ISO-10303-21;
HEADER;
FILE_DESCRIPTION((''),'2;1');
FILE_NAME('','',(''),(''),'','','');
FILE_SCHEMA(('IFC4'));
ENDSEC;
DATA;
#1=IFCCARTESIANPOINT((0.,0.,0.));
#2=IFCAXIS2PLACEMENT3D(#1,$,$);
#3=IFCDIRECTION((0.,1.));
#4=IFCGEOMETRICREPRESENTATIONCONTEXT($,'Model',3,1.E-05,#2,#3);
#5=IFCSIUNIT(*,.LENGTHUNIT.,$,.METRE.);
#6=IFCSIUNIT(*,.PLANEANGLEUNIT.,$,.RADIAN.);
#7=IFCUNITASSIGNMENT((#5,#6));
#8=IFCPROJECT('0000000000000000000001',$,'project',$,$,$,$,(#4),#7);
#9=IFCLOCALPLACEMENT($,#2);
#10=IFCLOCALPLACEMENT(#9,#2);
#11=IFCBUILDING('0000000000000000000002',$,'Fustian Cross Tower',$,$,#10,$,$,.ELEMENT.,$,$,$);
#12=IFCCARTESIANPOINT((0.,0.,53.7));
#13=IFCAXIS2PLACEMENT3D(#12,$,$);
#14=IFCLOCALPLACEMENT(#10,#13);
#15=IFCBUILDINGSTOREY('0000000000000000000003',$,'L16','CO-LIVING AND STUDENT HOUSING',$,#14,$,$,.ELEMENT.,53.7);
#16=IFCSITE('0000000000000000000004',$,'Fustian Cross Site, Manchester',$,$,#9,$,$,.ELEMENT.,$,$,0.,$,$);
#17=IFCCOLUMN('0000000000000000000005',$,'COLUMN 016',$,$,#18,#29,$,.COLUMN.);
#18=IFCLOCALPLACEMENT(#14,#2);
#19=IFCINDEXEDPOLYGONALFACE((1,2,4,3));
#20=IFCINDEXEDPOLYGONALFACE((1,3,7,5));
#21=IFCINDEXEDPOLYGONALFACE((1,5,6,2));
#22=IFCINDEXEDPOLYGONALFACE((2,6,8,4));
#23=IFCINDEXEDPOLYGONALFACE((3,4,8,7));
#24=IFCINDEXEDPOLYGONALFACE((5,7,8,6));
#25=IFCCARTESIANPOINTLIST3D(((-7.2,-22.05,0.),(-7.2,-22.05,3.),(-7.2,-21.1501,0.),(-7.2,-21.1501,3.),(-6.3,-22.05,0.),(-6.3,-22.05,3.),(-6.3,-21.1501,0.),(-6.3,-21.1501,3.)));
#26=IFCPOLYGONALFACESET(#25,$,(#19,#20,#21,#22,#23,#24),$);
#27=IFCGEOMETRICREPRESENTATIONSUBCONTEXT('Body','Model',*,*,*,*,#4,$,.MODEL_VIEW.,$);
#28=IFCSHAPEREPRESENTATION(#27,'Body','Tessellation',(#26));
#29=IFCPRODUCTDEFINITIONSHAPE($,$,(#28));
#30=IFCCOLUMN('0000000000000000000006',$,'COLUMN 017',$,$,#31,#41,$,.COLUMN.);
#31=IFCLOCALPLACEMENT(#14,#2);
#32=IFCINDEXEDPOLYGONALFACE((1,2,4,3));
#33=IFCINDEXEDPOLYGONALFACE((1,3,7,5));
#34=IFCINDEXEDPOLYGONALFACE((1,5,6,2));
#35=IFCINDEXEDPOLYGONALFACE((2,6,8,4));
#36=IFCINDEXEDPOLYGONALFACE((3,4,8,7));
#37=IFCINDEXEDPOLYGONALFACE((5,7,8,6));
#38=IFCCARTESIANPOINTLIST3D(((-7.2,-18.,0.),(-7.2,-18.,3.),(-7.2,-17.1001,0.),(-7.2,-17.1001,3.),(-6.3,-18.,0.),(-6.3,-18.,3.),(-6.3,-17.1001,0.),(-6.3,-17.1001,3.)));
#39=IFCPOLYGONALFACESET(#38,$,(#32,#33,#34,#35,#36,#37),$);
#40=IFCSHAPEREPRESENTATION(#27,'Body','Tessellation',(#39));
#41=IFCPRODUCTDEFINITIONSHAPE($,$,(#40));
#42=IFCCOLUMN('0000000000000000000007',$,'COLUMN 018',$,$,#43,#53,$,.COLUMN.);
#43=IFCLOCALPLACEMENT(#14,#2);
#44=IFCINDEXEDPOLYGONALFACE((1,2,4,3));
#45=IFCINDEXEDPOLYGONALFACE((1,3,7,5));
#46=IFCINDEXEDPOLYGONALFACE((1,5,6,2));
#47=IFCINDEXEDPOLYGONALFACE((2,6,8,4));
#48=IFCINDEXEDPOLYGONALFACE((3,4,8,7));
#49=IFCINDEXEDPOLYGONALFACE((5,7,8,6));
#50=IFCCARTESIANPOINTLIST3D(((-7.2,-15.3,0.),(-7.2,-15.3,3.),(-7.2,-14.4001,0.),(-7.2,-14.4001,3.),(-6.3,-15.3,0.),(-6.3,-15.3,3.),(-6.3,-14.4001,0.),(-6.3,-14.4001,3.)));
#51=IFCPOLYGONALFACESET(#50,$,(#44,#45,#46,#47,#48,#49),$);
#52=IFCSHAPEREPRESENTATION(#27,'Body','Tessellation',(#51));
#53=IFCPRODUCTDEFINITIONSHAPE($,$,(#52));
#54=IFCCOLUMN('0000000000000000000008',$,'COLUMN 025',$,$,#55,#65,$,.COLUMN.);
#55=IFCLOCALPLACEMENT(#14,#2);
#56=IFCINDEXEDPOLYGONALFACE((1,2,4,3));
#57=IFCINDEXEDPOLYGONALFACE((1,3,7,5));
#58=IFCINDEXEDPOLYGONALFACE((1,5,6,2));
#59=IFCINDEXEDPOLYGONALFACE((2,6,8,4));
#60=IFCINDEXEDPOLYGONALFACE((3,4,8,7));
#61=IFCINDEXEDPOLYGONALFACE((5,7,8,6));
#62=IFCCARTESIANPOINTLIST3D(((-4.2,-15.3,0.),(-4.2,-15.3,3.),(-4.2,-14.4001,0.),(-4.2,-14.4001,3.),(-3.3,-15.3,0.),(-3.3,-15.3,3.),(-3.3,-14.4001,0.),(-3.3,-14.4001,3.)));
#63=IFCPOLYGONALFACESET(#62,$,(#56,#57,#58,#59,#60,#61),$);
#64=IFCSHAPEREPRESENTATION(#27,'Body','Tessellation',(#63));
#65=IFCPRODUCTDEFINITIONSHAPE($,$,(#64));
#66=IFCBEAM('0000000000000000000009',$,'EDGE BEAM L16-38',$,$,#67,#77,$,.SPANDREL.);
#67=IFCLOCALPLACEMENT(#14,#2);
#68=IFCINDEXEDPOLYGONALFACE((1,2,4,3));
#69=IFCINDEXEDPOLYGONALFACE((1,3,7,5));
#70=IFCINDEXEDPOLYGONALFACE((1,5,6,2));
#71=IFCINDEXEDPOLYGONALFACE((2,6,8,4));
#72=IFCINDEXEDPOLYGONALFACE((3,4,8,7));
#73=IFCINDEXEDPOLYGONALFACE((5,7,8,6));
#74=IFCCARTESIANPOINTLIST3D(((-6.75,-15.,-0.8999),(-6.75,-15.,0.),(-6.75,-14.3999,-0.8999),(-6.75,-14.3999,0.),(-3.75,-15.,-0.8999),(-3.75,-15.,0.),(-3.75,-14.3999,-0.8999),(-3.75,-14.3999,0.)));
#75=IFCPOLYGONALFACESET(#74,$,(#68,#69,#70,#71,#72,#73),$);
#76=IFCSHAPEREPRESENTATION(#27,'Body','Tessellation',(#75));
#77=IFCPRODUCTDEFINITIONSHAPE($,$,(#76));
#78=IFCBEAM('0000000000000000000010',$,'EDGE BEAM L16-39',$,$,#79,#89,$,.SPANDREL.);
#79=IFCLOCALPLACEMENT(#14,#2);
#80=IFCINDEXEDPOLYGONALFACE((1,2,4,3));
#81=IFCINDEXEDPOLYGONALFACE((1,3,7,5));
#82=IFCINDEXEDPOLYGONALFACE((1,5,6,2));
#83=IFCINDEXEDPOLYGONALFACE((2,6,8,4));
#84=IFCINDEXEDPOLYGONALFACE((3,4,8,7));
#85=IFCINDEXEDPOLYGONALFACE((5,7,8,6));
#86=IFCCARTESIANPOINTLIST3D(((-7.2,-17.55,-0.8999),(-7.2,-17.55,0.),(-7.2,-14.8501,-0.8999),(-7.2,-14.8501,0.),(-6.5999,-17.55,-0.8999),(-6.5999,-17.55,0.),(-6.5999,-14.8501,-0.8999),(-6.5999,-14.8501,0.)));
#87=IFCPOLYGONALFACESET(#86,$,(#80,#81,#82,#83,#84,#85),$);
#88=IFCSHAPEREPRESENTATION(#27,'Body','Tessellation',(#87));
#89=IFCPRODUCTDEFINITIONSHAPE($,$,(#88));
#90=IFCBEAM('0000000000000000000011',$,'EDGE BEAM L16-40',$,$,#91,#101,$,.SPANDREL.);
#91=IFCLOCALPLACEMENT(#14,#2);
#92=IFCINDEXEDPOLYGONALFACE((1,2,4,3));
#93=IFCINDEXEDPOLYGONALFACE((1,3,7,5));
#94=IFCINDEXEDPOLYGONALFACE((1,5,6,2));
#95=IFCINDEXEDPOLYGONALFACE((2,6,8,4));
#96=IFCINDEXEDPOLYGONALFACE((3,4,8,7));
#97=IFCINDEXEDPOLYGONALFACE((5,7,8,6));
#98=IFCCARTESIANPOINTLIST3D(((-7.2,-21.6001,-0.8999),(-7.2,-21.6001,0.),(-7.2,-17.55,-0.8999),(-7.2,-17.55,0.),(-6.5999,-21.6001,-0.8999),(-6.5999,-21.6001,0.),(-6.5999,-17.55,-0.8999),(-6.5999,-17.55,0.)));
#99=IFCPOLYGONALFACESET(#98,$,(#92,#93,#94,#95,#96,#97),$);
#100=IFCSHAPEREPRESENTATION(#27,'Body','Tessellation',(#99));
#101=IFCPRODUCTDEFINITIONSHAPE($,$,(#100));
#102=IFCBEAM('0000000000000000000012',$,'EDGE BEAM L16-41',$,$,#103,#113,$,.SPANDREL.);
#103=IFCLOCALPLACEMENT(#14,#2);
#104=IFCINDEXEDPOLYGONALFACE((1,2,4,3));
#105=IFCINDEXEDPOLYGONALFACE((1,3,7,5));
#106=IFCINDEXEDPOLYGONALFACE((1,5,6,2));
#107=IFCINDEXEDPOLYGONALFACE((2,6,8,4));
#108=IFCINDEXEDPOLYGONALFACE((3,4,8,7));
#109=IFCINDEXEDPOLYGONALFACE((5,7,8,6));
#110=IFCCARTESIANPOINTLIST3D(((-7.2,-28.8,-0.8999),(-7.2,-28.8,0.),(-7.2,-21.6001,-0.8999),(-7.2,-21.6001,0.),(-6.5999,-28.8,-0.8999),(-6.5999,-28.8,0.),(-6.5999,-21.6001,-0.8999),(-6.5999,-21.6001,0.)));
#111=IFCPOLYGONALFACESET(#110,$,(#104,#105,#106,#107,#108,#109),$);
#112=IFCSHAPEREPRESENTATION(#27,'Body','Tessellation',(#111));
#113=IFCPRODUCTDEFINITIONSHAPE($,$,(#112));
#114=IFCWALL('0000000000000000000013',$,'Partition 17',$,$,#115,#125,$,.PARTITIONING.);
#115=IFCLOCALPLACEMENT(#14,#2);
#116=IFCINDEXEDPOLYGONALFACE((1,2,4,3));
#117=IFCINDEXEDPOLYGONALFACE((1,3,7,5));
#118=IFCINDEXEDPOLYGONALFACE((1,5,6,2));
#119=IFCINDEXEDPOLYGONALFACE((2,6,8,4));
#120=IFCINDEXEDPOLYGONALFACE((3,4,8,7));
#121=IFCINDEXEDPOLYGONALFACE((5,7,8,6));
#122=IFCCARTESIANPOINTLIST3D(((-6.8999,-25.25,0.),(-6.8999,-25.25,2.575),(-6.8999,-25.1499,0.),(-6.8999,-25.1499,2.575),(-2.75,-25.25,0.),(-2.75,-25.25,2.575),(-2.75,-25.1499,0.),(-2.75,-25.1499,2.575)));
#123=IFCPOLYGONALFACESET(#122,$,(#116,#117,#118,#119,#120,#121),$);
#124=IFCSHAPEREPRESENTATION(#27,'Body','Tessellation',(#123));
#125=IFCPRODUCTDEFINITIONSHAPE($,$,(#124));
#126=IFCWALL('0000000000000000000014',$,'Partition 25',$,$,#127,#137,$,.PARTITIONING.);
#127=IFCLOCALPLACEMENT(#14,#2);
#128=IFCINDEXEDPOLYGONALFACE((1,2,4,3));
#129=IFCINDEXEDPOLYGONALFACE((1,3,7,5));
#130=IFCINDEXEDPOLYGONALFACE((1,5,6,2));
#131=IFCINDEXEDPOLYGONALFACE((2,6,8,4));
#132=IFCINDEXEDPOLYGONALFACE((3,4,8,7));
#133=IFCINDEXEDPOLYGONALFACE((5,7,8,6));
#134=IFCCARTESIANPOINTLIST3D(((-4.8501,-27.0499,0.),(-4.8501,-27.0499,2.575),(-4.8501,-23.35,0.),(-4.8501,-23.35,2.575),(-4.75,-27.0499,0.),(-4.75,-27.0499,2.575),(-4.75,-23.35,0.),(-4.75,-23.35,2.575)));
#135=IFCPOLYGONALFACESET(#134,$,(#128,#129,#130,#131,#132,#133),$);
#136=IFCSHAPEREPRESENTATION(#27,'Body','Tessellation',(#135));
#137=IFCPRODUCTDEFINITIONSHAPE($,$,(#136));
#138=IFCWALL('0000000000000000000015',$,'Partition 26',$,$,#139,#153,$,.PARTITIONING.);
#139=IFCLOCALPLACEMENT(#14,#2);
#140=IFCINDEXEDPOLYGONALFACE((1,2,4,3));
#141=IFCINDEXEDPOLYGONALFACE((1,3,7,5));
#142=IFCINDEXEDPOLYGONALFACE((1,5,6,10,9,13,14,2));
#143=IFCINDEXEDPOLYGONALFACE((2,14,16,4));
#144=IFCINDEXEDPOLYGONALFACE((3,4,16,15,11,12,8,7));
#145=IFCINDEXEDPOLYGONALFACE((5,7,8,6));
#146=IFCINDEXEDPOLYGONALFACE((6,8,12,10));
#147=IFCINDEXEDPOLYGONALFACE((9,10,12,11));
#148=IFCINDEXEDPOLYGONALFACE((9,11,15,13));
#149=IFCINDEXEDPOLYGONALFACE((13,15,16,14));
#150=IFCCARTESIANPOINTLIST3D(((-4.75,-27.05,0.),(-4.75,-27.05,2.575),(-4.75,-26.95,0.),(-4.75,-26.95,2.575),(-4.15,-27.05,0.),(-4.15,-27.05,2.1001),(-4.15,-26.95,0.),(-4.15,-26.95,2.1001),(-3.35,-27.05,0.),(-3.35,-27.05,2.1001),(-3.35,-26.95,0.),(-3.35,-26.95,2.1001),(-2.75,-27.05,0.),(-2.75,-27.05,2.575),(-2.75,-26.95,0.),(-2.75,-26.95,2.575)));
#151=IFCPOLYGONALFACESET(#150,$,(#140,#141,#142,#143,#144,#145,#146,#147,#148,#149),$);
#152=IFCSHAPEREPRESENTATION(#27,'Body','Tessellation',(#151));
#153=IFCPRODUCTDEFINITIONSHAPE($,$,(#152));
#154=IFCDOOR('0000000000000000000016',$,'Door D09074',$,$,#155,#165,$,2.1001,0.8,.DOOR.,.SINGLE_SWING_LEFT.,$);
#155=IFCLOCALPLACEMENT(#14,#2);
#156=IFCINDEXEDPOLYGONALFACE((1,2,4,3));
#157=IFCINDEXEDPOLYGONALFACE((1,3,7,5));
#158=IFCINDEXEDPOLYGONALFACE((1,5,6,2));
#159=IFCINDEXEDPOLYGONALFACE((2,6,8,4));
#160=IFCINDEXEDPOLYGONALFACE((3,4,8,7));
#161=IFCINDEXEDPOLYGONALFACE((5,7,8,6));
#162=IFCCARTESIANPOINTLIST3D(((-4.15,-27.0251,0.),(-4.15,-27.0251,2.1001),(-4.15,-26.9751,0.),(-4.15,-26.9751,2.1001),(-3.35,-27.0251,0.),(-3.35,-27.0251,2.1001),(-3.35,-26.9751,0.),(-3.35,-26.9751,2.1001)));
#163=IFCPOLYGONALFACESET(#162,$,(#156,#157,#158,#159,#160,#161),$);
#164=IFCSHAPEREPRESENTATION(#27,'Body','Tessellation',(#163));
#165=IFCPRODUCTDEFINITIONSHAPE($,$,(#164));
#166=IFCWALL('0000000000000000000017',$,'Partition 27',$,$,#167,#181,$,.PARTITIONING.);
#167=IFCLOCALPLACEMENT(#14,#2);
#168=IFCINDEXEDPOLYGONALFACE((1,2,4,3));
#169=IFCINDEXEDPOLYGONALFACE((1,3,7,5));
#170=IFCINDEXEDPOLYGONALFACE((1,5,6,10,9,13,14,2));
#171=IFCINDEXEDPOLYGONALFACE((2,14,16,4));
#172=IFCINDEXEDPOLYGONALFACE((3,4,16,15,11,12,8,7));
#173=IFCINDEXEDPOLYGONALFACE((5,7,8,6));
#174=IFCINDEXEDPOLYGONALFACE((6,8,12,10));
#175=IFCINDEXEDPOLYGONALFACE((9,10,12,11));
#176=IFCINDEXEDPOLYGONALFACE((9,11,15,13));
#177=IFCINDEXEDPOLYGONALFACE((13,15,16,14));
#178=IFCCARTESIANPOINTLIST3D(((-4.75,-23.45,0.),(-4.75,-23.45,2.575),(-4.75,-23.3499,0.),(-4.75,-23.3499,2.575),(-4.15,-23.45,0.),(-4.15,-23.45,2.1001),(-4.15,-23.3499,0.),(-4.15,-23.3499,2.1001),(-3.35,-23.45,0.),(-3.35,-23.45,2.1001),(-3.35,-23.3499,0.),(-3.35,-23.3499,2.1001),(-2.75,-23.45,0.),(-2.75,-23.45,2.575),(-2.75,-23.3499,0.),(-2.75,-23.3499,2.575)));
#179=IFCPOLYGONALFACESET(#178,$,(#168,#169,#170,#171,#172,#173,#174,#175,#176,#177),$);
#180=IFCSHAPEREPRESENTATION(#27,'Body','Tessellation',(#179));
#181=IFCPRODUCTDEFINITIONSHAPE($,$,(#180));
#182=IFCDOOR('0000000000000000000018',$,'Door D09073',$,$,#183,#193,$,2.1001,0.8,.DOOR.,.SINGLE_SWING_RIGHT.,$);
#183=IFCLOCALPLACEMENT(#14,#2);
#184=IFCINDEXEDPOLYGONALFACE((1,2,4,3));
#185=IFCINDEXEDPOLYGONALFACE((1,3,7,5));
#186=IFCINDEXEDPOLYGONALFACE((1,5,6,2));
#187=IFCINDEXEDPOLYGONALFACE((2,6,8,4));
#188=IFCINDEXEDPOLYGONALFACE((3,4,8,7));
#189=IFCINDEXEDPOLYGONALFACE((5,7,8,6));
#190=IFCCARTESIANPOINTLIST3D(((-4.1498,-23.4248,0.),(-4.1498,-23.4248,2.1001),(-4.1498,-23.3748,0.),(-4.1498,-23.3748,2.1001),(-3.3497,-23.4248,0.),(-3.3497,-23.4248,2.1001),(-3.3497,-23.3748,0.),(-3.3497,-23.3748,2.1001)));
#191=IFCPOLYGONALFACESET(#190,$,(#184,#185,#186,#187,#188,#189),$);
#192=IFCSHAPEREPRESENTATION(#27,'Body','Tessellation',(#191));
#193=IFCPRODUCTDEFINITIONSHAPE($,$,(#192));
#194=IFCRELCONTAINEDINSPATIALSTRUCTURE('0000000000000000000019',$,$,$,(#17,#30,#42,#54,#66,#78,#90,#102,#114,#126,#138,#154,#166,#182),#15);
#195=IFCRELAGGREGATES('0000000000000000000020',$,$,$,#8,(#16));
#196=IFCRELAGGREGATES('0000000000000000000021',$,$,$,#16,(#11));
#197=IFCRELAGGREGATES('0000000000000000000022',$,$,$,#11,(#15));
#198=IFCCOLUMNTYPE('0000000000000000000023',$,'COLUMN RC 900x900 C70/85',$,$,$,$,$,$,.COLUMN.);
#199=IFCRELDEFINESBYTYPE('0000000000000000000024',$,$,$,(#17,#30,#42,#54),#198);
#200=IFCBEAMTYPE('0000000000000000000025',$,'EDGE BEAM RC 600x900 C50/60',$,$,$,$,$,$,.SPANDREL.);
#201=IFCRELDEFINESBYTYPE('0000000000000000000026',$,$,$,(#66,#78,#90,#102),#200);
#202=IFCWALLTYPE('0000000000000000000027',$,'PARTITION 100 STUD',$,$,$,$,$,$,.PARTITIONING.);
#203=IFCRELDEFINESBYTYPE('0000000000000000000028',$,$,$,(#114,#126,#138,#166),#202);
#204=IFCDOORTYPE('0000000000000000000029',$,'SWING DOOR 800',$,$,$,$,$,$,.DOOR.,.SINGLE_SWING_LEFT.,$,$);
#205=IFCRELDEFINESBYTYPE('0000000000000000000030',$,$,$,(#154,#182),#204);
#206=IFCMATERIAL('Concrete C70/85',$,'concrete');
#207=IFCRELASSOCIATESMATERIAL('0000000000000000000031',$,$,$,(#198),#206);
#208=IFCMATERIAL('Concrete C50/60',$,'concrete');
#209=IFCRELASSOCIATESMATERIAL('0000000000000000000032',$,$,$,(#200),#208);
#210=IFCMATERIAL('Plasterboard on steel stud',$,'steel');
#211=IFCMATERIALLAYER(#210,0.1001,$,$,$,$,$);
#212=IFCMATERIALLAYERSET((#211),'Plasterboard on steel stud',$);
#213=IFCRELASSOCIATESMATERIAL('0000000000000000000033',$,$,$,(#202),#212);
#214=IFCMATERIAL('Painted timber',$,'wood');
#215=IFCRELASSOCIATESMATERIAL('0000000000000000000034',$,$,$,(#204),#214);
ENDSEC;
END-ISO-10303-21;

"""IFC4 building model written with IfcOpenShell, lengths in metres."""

from ifc_helpers import new_model, si_unit, direction, frame, frame_2d, origin, origin_2d, place, context, subcontext, project, spatial, rectangle, extrude, material, layer, layer_set, material_profile, profile_set, type_object, element, fill, save


model = new_model("IFC4")

# Units and contexts
model_context = context("Model", 3, precision=1e-05, world=origin(), true_north=direction((0.0, 1.0)))
body_context = subcontext(model_context, "Body", "Model", "MODEL_VIEW")
ifc_project = project(units=[si_unit("LENGTHUNIT", "METRE"), si_unit("PLANEANGLEUNIT", "RADIAN")], contexts=[model_context])

# Site, building, storey
site_placement = place(None, origin())
site = spatial("IfcSite", under=ifc_project, at=site_placement, Name="Fustian Cross Site, Manchester", CompositionType="ELEMENT", RefElevation=0.0)
building_placement = place(site_placement, origin())
building = spatial("IfcBuilding", under=site, at=building_placement, Name="Fustian Cross Tower", CompositionType="ELEMENT")
storey_placement = place(building_placement, frame((0.0, 0.0, 53.7)))
storey = spatial("IfcBuildingStorey", under=building, at=storey_placement, Name="L16", Description="CO-LIVING AND STUDENT HOUSING", CompositionType="ELEMENT", Elevation=53.7)

# Columns
ifc_material_1 = material(Name="Concrete C70/85", Category="concrete")
ifc_material_profile_1 = material_profile(ifc_material_1, rectangle(XDim=0.8999, YDim=0.8999, at=origin_2d()), Name="RC 900x900")
ifc_profile_set_1 = profile_set([ifc_material_profile_1], Name="Concrete C70/85")
column_type = type_object("IfcColumnType", Name="COLUMN RC 900x900 C70/85", PredefinedType="COLUMN", material=ifc_profile_set_1)
for number, where, z_axis, x_axis, name in (
    (1, (-6.75, -21.6001, 0.0), (0.0, 0.0, 1.0), (1.0, 0.0, 0.0), "COLUMN 016"),
    (2, (-6.75, -17.55, 0.0), (0.0, 0.0, 1.0), (1.0, 0.0, 0.0), "COLUMN 017"),
    (3, (-6.75, -14.8501, 0.0), (0.0, 0.0, 1.0), (1.0, 0.0, 0.0), "COLUMN 018"),
    (4, (-3.75, -14.8501, 0.0), (0.0, 0.0, 1.0), (1.0, 0.0, 0.0), "COLUMN 025"),
):
    element("IfcColumn", number, at=place(storey_placement, frame(where, z_axis=z_axis, x_axis=x_axis)), inside=storey, type_object=column_type, Name=name, PredefinedType="COLUMN", context=body_context, shape_type="SweptSolid", body=[
        extrude(rectangle(XDim=0.8999, YDim=0.8999, at=origin_2d()), origin(), (0.0, 0.0, 1.0), 3.0),
    ])

# Beams
ifc_material_2 = material(Name="Concrete C50/60", Category="concrete")
ifc_material_profile_2 = material_profile(ifc_material_2, rectangle(XDim=0.6001, YDim=0.8999, at=origin_2d()), Name="RC 600x900")
ifc_profile_set_2 = profile_set([ifc_material_profile_2], Name="Concrete C50/60")
beam_type = type_object("IfcBeamType", Name="EDGE BEAM RC 600x900 C50/60", PredefinedType="SPANDREL", material=ifc_profile_set_2)
beam_1_placement = place(storey_placement, frame((-3.75, -14.7, -0.45), z_axis=(-1.0, 0.0, 0.0), x_axis=(0.0, -1.0, 0.0)))
element("IfcBeam", 5, at=beam_1_placement, inside=storey, type_object=beam_type, Name="EDGE BEAM L16-38", PredefinedType="SPANDREL", context=body_context, shape_type="SweptSolid", body=[
    extrude(rectangle(XDim=0.6001, YDim=0.8999, at=origin_2d()), origin(), (0.0, 0.0, 1.0), 3.0),
])
beam_2_placement = place(storey_placement, frame((-6.8999, -14.8501, -0.45), z_axis=(0.0, -1.0, 0.0), x_axis=(1.0, 0.0, 0.0)))
element("IfcBeam", 6, at=beam_2_placement, inside=storey, type_object=beam_type, Name="EDGE BEAM L16-39", PredefinedType="SPANDREL", context=body_context, shape_type="SweptSolid", body=[
    extrude(rectangle(XDim=0.6001, YDim=0.8999, at=origin_2d()), origin(), (0.0, 0.0, 1.0), 2.7),
])
beam_3_placement = place(storey_placement, frame((-6.8999, -17.55, -0.45), z_axis=(0.0, -1.0, 0.0), x_axis=(1.0, 0.0, 0.0)))
element("IfcBeam", 7, at=beam_3_placement, inside=storey, type_object=beam_type, Name="EDGE BEAM L16-40", PredefinedType="SPANDREL", context=body_context, shape_type="SweptSolid", body=[
    extrude(rectangle(XDim=0.6001, YDim=0.8999, at=origin_2d()), origin(), (0.0, 0.0, 1.0), 4.05),
])
beam_4_placement = place(storey_placement, frame((-6.8999, -21.6001, -0.45), z_axis=(0.0, -1.0, 0.0), x_axis=(1.0, 0.0, 0.0)))
element("IfcBeam", 8, at=beam_4_placement, inside=storey, type_object=beam_type, Name="EDGE BEAM L16-41", PredefinedType="SPANDREL", context=body_context, shape_type="SweptSolid", body=[
    extrude(rectangle(XDim=0.6001, YDim=0.8999, at=origin_2d()), origin(), (0.0, 0.0, 1.0), 7.2),
])

# Walls
ifc_material_3 = material(Name="Plasterboard on steel stud", Category="steel")
ifc_layer_1 = layer(ifc_material_3, 0.1001)
ifc_layer_set_1 = layer_set([ifc_layer_1], Name="Plasterboard on steel stud")
wall_type_1 = type_object("IfcWallType", Name="PARTITION 100 STUD", PredefinedType="PARTITIONING", material=ifc_layer_set_1)
wall_1_placement = place(storey_placement, frame((-6.8999, -25.2, 0.0), z_axis=(0.0, 0.0, 1.0), x_axis=(1.0, 0.0, 0.0)))
element("IfcWall", 9, at=wall_1_placement, inside=storey, type_object=wall_type_1, Name="Partition 17", PredefinedType="PARTITIONING", context=body_context, shape_type="SweptSolid", body=[
    extrude(rectangle(XDim=4.1499, YDim=0.1001, at=frame_2d((2.075, 0.0))), origin(), (0.0, 0.0, 1.0), 2.575),
])
wall_2_placement = place(storey_placement, frame((-4.8, -27.05, 0.0), z_axis=(0.0, 0.0, 1.0), x_axis=(0.0, 1.0, 0.0)))
element("IfcWall", 10, at=wall_2_placement, inside=storey, type_object=wall_type_1, Name="Partition 25", PredefinedType="PARTITIONING", context=body_context, shape_type="SweptSolid", body=[
    extrude(rectangle(XDim=3.7, YDim=0.1001, at=frame_2d((1.8501, 0.0))), origin(), (0.0, 0.0, 1.0), 2.575),
])

# Walls, openings, doors
wall_3_placement = place(storey_placement, frame((-4.75, -27.0, 0.0), z_axis=(0.0, 0.0, 1.0), x_axis=(1.0, 0.0, 0.0)))
wall_3 = element("IfcWall", 11, at=wall_3_placement, inside=storey, type_object=wall_type_1, Name="Partition 26", PredefinedType="PARTITIONING", context=body_context, shape_type="SweptSolid", body=[
    extrude(rectangle(XDim=2.0, YDim=0.1001, at=frame_2d((1.0, 0.0))), origin(), (0.0, 0.0, 1.0), 2.575),
])
opening_1_placement = place(wall_3_placement, frame((0.6001, 0.0, 0.0)))
opening_1 = element("IfcOpeningElement", 12, at=opening_1_placement, cuts=wall_3, PredefinedType="OPENING", context=body_context, shape_type="SweptSolid", body=[
    extrude(rectangle(XDim=0.8, YDim=2.1001, at=frame_2d((0.3999, 1.05))), frame((0.0, 0.0601, 0.0), z_axis=(0.0, -1.0, 0.0), x_axis=(1.0, 0.0, 0.0)), (0.0, 0.0, 1.0), 0.1201),
])
ifc_material_4 = material(Name="Painted timber", Category="wood")
door_type = type_object("IfcDoorType", Name="SWING DOOR 800", OperationType="SINGLE_SWING_LEFT", PredefinedType="DOOR", material=ifc_material_4)
door_1_placement = place(opening_1_placement, origin())
door_1 = element("IfcDoor", 13, at=door_1_placement, inside=storey, type_object=door_type, Name="Door D09074", OperationType="SINGLE_SWING_LEFT", OverallHeight=2.1001, OverallWidth=0.8, PredefinedType="DOOR", context=body_context, shape_type="SweptSolid", body=[
    extrude(rectangle(XDim=0.8, YDim=2.1001, at=frame_2d((0.3999, 1.05))), frame((0.0, 0.0249, 0.0), z_axis=(0.0, -1.0, 0.0), x_axis=(1.0, 0.0, 0.0)), (0.0, 0.0, 1.0), 0.05),
])
fill(opening_1, door_1)
wall_4_placement = place(storey_placement, frame((-4.75, -23.3999, 0.0), z_axis=(0.0, 0.0, 1.0), x_axis=(1.0, 0.0, 0.0)))
wall_4 = element("IfcWall", 14, at=wall_4_placement, inside=storey, type_object=wall_type_1, Name="Partition 27", PredefinedType="PARTITIONING", context=body_context, shape_type="SweptSolid", body=[
    extrude(rectangle(XDim=2.0, YDim=0.1001, at=frame_2d((1.0, 0.0))), origin(), (0.0, 0.0, 1.0), 2.575),
])
opening_2_placement = place(wall_4_placement, frame((0.6001, 0.0, 0.0)))
opening_2 = element("IfcOpeningElement", 15, at=opening_2_placement, cuts=wall_4, PredefinedType="OPENING", context=body_context, shape_type="SweptSolid", body=[
    extrude(rectangle(XDim=0.8, YDim=2.1001, at=frame_2d((0.3999, 1.05))), frame((0.0, 0.0601, 0.0), z_axis=(0.0, -1.0, 0.0), x_axis=(1.0, 0.0, 0.0)), (0.0, 0.0, 1.0), 0.1201),
])
door_2_placement = place(opening_2_placement, frame((0.8, 0.0, 0.0), z_axis=(0.0, 0.0, 1.0), x_axis=(-1.0, 0.0, 0.0)))
door_2 = element("IfcDoor", 16, at=door_2_placement, inside=storey, type_object=door_type, Name="Door D09073", OperationType="SINGLE_SWING_RIGHT", OverallHeight=2.1001, OverallWidth=0.8, PredefinedType="DOOR", context=body_context, shape_type="SweptSolid", body=[
    extrude(rectangle(XDim=0.8, YDim=2.1001, at=frame_2d((0.3999, 1.05))), frame((0.0, 0.0249, 0.0), z_axis=(0.0, -1.0, 0.0), x_axis=(1.0, 0.0, 0.0)), (0.0, 0.0, 1.0), 0.05),
])
fill(opening_2, door_2)

save(model, "model.ifc")
